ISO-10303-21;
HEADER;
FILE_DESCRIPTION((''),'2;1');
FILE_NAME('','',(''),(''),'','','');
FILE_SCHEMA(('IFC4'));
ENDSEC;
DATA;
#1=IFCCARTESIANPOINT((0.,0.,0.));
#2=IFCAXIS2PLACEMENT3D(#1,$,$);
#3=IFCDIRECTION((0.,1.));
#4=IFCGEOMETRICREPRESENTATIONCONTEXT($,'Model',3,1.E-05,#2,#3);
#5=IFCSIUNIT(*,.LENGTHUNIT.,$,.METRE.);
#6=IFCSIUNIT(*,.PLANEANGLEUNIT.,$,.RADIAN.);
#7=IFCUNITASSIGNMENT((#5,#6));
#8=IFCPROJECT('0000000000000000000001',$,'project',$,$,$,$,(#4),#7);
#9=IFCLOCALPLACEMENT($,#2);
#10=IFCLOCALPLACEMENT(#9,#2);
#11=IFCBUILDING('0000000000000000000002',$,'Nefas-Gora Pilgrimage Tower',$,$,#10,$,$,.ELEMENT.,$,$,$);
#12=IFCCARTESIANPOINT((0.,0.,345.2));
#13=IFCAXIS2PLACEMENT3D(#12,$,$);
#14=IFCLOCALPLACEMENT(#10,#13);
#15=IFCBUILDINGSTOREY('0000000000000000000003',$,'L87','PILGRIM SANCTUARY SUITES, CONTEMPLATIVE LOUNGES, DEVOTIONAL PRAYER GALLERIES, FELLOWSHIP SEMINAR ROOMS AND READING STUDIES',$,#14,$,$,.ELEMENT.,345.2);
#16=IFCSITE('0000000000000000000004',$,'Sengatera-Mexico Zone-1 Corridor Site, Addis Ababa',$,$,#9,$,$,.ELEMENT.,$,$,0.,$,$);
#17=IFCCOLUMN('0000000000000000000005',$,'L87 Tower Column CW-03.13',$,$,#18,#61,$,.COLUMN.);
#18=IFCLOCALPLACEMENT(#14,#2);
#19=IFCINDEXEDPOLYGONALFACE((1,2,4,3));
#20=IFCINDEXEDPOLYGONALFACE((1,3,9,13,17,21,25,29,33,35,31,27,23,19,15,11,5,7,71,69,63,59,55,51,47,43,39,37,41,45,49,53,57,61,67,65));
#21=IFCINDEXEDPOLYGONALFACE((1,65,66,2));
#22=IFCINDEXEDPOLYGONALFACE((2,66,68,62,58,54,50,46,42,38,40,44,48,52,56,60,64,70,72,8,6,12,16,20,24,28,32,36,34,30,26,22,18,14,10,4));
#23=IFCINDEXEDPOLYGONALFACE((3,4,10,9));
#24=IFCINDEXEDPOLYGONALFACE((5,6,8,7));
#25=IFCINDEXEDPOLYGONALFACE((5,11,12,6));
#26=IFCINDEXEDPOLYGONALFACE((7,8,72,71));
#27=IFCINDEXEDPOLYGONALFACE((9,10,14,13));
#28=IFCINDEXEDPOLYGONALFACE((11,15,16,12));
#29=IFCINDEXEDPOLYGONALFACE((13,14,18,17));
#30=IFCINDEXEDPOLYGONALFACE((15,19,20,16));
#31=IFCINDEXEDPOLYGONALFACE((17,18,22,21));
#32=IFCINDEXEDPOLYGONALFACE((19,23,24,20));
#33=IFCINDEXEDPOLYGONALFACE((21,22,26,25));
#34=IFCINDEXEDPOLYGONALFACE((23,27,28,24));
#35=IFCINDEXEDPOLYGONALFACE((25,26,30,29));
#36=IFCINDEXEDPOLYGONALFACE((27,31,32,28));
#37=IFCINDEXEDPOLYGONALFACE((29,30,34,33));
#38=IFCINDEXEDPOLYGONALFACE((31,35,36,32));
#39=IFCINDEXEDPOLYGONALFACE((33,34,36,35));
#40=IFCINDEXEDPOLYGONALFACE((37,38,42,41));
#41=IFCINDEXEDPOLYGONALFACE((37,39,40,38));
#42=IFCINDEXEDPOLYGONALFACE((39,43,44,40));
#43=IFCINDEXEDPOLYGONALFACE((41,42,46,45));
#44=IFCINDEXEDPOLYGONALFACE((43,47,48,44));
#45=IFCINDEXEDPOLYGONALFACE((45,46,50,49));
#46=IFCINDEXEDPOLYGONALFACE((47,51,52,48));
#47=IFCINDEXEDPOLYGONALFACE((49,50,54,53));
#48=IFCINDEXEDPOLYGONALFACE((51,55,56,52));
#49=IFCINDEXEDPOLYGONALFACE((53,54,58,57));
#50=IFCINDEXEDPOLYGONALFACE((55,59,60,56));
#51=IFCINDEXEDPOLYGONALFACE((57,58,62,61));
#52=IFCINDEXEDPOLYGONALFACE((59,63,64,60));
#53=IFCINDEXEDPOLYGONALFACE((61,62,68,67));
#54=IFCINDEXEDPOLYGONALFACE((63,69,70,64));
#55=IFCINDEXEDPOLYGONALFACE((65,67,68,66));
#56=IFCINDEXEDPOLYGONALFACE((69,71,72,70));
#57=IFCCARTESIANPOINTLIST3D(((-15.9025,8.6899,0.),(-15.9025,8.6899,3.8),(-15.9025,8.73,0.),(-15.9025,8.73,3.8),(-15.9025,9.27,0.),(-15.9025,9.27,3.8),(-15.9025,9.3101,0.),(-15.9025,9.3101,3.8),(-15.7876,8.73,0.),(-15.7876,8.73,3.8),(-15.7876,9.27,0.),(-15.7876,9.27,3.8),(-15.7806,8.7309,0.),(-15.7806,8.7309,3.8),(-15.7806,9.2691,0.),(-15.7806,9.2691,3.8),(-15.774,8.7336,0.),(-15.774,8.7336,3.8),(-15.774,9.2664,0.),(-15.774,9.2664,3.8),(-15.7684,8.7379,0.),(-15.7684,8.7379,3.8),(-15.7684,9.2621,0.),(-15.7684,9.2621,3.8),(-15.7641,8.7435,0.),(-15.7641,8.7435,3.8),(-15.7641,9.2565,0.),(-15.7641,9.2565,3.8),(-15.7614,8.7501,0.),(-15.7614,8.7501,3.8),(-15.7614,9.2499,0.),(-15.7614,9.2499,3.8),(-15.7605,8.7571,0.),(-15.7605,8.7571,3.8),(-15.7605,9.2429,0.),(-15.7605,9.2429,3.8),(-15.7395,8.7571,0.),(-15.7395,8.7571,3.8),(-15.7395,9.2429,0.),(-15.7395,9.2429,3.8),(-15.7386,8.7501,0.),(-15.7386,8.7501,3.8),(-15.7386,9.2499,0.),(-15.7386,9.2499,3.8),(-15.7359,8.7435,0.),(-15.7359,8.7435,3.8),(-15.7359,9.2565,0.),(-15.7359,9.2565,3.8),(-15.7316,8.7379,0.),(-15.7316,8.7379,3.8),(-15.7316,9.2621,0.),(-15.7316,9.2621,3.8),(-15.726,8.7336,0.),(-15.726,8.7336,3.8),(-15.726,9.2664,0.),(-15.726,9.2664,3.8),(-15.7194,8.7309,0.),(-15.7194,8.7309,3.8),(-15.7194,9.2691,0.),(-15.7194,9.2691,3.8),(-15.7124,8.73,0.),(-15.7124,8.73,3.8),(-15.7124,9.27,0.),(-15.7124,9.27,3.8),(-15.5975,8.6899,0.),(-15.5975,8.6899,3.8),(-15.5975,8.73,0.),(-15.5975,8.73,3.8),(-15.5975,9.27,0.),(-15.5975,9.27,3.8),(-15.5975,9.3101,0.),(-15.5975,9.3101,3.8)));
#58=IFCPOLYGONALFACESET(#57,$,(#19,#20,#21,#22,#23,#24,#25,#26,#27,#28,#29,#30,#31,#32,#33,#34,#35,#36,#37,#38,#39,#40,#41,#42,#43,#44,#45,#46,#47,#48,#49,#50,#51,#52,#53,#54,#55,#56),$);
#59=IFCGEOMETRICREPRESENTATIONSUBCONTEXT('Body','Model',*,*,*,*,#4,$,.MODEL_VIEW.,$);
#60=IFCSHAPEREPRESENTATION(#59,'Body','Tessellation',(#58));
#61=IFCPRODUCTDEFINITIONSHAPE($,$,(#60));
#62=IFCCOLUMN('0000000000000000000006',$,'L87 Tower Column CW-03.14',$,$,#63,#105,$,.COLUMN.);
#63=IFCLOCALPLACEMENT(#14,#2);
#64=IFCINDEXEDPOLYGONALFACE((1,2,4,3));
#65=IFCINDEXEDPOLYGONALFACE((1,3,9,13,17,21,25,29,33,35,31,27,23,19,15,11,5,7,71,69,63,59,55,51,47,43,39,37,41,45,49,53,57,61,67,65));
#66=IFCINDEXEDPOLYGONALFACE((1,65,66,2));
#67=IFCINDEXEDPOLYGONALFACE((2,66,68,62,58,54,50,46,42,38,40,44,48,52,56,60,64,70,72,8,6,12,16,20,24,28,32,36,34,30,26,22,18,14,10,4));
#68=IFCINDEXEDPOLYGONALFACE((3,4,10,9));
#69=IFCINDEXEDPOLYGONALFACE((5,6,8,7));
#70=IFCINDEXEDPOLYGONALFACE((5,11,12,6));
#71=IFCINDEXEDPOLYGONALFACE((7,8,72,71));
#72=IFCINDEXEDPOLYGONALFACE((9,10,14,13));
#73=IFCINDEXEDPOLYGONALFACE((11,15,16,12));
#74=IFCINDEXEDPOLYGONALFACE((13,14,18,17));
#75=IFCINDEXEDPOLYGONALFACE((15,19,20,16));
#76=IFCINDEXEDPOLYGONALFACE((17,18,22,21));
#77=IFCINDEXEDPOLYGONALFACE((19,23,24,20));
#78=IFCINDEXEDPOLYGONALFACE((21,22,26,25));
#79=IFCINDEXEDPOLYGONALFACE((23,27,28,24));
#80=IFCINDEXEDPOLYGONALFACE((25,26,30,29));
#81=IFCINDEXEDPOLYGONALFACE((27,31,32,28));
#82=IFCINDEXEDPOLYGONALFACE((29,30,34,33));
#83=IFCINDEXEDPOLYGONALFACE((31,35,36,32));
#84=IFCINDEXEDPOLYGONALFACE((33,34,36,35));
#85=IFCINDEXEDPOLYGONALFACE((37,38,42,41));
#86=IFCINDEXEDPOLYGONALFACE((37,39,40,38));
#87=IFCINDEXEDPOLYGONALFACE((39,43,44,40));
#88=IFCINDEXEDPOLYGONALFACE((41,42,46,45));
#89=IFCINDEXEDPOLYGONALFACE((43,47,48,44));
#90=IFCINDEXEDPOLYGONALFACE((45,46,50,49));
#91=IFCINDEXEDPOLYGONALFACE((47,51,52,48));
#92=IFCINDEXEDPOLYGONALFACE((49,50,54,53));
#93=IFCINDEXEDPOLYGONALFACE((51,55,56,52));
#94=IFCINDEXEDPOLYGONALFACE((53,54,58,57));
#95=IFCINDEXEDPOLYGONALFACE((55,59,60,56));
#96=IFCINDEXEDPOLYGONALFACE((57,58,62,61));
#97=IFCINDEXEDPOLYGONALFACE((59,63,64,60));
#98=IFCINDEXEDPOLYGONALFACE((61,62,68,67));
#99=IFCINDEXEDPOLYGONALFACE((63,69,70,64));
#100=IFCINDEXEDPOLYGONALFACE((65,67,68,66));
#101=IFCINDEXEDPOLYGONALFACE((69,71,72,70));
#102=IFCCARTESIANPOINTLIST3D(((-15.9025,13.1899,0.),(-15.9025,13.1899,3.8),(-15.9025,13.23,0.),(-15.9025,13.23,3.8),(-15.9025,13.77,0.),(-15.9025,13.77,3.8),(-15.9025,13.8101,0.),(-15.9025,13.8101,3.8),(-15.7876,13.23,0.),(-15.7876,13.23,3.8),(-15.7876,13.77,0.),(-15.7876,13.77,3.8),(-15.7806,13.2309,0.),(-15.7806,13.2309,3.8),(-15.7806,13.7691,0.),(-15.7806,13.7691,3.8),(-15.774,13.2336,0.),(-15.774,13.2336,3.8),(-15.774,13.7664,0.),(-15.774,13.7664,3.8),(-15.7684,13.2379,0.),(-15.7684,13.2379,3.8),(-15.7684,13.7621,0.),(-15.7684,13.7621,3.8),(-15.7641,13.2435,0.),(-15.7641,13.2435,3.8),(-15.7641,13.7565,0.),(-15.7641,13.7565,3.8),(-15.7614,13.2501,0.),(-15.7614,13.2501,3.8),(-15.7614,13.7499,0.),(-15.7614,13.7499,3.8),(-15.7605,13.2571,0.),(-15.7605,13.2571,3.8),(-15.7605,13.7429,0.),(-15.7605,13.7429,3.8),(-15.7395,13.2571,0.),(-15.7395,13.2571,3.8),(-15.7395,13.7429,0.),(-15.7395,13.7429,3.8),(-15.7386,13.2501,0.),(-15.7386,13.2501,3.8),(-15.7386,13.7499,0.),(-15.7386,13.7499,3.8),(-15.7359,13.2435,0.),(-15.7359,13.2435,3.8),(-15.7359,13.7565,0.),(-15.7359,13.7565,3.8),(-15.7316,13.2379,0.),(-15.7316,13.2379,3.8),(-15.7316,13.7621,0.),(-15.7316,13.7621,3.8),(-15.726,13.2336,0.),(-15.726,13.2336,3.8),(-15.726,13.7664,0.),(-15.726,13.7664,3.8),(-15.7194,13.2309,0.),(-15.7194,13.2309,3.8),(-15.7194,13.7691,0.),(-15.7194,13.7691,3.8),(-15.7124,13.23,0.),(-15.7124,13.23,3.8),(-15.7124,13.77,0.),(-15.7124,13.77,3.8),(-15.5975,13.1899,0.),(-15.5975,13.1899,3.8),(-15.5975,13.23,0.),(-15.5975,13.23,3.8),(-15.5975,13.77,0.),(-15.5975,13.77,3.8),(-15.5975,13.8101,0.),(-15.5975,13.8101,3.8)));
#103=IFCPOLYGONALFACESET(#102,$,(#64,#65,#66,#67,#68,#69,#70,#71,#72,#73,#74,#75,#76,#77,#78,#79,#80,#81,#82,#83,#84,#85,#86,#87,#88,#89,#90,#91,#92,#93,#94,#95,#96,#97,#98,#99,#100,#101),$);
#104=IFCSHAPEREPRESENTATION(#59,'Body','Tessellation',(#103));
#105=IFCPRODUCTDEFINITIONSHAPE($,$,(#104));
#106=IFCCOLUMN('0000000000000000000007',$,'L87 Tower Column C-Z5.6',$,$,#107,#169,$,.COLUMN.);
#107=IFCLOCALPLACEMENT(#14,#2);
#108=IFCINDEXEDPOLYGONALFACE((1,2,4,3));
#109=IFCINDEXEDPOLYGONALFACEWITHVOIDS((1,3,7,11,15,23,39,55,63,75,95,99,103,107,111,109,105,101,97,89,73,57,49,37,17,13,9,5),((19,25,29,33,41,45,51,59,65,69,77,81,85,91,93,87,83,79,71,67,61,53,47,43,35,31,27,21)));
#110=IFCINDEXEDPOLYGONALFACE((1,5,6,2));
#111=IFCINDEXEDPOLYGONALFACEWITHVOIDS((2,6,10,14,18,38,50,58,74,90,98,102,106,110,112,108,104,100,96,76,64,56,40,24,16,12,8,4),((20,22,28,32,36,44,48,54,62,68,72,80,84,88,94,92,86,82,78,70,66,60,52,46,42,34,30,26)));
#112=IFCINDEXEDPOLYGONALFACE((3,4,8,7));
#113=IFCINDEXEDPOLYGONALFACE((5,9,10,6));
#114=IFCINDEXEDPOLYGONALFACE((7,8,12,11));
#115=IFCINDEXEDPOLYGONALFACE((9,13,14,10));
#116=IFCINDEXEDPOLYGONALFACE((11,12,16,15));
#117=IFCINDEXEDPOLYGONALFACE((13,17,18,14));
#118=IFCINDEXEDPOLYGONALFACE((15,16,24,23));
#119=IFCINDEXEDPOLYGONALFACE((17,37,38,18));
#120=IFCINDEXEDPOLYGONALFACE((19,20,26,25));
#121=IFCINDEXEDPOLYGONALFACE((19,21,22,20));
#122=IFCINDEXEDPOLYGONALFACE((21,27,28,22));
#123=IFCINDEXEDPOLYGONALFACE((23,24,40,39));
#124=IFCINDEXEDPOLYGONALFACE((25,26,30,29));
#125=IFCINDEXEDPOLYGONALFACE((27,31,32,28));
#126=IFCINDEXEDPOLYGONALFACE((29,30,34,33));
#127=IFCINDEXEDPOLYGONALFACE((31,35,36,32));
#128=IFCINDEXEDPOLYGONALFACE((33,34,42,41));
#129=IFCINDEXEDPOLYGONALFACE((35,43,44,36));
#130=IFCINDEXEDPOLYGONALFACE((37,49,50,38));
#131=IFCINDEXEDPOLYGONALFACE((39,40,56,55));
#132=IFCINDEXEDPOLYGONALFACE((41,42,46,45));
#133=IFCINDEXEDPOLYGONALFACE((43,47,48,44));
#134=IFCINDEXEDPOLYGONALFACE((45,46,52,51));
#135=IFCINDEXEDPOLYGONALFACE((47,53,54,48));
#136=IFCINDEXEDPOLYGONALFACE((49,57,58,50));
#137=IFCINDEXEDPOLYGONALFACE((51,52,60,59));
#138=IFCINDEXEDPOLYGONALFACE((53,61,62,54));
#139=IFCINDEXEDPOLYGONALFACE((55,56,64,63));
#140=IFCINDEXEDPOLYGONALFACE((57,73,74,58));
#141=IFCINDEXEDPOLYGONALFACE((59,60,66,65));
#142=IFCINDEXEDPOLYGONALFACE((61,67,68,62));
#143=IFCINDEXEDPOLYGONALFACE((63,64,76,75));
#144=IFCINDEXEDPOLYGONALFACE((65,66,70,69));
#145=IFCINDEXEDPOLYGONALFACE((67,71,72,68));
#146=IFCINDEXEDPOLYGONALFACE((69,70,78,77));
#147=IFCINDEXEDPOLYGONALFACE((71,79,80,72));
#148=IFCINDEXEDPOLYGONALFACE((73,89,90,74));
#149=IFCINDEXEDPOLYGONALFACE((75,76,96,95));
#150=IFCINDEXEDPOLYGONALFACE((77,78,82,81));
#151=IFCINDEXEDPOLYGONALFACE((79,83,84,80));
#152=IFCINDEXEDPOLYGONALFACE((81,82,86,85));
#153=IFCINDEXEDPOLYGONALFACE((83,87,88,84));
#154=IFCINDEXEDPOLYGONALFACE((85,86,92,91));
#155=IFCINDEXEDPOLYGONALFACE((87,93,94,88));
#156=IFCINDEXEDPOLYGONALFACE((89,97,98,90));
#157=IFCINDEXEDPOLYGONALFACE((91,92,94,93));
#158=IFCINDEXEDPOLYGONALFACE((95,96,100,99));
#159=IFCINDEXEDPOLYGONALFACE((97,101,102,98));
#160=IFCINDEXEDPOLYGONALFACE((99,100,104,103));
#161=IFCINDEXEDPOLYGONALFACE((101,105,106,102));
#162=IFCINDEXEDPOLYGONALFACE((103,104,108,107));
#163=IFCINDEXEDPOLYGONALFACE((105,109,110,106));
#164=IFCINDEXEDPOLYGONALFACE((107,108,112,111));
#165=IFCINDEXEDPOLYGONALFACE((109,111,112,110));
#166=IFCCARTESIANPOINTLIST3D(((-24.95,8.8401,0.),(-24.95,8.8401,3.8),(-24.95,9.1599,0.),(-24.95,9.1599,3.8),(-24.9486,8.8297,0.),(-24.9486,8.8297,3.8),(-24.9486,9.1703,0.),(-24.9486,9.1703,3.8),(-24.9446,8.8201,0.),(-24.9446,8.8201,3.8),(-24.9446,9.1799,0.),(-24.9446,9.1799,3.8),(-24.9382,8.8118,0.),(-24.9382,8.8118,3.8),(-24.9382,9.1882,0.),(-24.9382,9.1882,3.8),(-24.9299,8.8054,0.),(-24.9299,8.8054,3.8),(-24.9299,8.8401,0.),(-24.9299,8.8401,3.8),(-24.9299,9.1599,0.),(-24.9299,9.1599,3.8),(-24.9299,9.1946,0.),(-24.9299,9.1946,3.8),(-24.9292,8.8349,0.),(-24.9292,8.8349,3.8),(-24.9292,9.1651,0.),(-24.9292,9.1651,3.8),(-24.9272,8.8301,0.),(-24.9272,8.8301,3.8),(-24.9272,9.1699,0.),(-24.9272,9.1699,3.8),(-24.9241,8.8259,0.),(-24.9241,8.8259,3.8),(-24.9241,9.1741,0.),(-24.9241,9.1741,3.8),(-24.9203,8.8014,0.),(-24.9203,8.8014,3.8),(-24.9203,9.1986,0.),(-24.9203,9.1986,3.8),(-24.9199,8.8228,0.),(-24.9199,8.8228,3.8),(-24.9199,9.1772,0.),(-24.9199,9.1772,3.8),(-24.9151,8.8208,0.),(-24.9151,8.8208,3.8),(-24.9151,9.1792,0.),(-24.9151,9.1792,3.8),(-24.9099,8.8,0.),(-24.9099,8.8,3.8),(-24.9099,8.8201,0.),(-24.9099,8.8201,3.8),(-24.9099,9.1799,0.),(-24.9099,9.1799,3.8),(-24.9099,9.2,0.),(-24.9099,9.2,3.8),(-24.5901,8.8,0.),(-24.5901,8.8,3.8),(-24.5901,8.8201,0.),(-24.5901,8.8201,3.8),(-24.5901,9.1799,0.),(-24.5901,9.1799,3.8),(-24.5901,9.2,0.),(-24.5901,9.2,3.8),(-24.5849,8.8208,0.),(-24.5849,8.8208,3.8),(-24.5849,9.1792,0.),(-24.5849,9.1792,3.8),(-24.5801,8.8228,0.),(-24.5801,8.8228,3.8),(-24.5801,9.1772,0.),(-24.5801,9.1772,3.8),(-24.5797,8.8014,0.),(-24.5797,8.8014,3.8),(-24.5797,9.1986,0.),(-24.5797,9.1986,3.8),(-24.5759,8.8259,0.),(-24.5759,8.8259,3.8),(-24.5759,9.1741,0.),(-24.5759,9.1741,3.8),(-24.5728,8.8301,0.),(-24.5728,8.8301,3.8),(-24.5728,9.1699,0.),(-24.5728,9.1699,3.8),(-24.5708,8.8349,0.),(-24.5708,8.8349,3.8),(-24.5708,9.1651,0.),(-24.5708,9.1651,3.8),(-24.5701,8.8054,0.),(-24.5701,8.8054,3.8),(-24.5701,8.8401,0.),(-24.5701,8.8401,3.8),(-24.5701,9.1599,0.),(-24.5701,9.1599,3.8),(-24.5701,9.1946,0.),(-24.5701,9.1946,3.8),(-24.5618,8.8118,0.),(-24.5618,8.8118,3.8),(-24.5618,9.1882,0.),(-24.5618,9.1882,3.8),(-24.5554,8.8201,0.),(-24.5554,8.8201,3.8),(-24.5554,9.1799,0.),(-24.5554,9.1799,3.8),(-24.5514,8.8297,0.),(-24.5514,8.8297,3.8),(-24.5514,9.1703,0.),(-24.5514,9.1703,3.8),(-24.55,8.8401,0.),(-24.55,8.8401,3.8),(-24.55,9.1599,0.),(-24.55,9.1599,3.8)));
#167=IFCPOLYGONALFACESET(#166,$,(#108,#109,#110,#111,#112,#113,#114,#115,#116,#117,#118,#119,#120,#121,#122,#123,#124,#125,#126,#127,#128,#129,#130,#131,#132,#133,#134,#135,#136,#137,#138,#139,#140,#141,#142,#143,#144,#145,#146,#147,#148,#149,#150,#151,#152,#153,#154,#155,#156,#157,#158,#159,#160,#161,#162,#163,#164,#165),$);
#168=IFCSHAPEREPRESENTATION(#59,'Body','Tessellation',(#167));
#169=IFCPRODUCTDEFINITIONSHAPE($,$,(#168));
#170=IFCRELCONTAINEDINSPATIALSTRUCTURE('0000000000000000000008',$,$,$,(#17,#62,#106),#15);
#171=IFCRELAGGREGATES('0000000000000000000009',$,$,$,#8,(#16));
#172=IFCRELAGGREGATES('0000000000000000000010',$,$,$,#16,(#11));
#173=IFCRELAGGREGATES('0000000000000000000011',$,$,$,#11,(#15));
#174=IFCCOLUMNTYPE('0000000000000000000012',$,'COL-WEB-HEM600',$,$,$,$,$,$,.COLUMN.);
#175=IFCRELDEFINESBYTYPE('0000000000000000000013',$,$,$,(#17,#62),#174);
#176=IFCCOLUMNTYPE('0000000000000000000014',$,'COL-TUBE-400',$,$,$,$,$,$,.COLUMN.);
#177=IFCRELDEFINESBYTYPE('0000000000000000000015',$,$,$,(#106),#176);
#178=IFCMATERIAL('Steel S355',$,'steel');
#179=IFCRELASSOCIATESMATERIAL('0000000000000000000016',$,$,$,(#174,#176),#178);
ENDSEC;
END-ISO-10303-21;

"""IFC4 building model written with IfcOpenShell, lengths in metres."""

from ifc_helpers import new_model, si_unit, direction, frame, origin, origin_2d, place, context, subcontext, project, spatial, hollow_rectangle, i_section, extrude, source, transform, mapped, material, material_profile, profile_set, type_object, element, save


model = new_model("IFC4")

# Units and contexts
model_context = context("Model", 3, precision=1e-05, world=origin(), true_north=direction((0.0, 1.0)))
body_context = subcontext(model_context, "Body", "Model", "MODEL_VIEW")
ifc_project = project(units=[si_unit("LENGTHUNIT", "METRE"), si_unit("PLANEANGLEUNIT", "RADIAN")], contexts=[model_context])

# Site, building, storey
site_placement = place(None, origin())
site = spatial("IfcSite", under=ifc_project, at=site_placement, Name="Sengatera-Mexico Zone-1 Corridor Site, Addis Ababa", CompositionType="ELEMENT", RefElevation=0.0)
building_placement = place(site_placement, origin())
building = spatial("IfcBuilding", under=site, at=building_placement, Name="Nefas-Gora Pilgrimage Tower", CompositionType="ELEMENT")
storey_placement = place(building_placement, frame((0.0, 0.0, 345.2)))
storey = spatial("IfcBuildingStorey", under=building, at=storey_placement, Name="L87", Description="PILGRIM SANCTUARY SUITES, CONTEMPLATIVE LOUNGES, DEVOTIONAL PRAYER GALLERIES, FELLOWSHIP SEMINAR ROOMS AND READING STUDIES", CompositionType="ELEMENT", Elevation=345.2)

# Columns
ifc_material_1 = material(Name="Steel S355", Category="steel")
ifc_material_profile_1 = material_profile(ifc_material_1, i_section(OverallWidth=0.3049, OverallDepth=0.6201, WebThickness=0.021, FlangeThickness=0.04, FilletRadius=0.0271, at=origin_2d()), Name="HEM 600")
ifc_profile_set_1 = profile_set([ifc_material_profile_1], Name="Steel S355")
column_type_1 = type_object("IfcColumnType", Name="COL-WEB-HEM600", PredefinedType="COLUMN", material=ifc_profile_set_1)
shared_shape_1 = source(origin(), body_context, "Body", "SweptSolid", [
    extrude(i_section(OverallWidth=0.3049, OverallDepth=0.6201, WebThickness=0.021, FlangeThickness=0.04, FilletRadius=0.0271, at=origin_2d()), origin(), (0.0, 0.0, 1.0), 3.8),
])
for number, where, z_axis, x_axis, name in (
    (1, (-15.75, 9.0, 0.0), (0.0, 0.0, 1.0), (1.0, 0.0, 0.0), "L87 Tower Column CW-03.13"),
    (2, (-15.75, 13.5, 0.0), (0.0, 0.0, 1.0), (1.0, 0.0, 0.0), "L87 Tower Column CW-03.14"),
):
    element("IfcColumn", number, at=place(storey_placement, frame(where, z_axis=z_axis, x_axis=x_axis)), inside=storey, type_object=column_type_1, Name=name, PredefinedType="COLUMN", context=body_context, shape_type="MappedRepresentation", body=[
        mapped(shared_shape_1, transform((0.0, 0.0, 0.0), x_axis=(1.0, 0.0, 0.0), y_axis=(0.0, 1.0, 0.0), z_axis=(0.0, 0.0, 1.0), scale=1.0)),
    ])
ifc_material_profile_2 = material_profile(ifc_material_1, hollow_rectangle(XDim=0.3999, YDim=0.3999, WallThickness=0.02, InnerFilletRadius=0.02, OuterFilletRadius=0.04, at=origin_2d()), Name="SHS 400x400x20")
ifc_profile_set_2 = profile_set([ifc_material_profile_2], Name="Steel S355")
column_type_2 = type_object("IfcColumnType", Name="COL-TUBE-400", PredefinedType="COLUMN", material=ifc_profile_set_2)
shared_shape_2 = source(origin(), body_context, "Body", "SweptSolid", [
    extrude(hollow_rectangle(XDim=0.3999, YDim=0.3999, WallThickness=0.02, InnerFilletRadius=0.02, OuterFilletRadius=0.04, at=origin_2d()), origin(), (0.0, 0.0, 1.0), 3.8),
])
for number, where, z_axis, x_axis, name in (
    (3, (-24.75, 9.0, 0.0), (0.0, 0.0, 1.0), (1.0, 0.0, 0.0), "L87 Tower Column C-Z5.6"),
):
    element("IfcColumn", number, at=place(storey_placement, frame(where, z_axis=z_axis, x_axis=x_axis)), inside=storey, type_object=column_type_2, Name=name, PredefinedType="COLUMN", context=body_context, shape_type="MappedRepresentation", body=[
        mapped(shared_shape_2, transform((0.0, 0.0, 0.0), x_axis=(1.0, 0.0, 0.0), y_axis=(0.0, 1.0, 0.0), z_axis=(0.0, 0.0, 1.0), scale=1.0)),
    ])

save(model, "model.ifc")
